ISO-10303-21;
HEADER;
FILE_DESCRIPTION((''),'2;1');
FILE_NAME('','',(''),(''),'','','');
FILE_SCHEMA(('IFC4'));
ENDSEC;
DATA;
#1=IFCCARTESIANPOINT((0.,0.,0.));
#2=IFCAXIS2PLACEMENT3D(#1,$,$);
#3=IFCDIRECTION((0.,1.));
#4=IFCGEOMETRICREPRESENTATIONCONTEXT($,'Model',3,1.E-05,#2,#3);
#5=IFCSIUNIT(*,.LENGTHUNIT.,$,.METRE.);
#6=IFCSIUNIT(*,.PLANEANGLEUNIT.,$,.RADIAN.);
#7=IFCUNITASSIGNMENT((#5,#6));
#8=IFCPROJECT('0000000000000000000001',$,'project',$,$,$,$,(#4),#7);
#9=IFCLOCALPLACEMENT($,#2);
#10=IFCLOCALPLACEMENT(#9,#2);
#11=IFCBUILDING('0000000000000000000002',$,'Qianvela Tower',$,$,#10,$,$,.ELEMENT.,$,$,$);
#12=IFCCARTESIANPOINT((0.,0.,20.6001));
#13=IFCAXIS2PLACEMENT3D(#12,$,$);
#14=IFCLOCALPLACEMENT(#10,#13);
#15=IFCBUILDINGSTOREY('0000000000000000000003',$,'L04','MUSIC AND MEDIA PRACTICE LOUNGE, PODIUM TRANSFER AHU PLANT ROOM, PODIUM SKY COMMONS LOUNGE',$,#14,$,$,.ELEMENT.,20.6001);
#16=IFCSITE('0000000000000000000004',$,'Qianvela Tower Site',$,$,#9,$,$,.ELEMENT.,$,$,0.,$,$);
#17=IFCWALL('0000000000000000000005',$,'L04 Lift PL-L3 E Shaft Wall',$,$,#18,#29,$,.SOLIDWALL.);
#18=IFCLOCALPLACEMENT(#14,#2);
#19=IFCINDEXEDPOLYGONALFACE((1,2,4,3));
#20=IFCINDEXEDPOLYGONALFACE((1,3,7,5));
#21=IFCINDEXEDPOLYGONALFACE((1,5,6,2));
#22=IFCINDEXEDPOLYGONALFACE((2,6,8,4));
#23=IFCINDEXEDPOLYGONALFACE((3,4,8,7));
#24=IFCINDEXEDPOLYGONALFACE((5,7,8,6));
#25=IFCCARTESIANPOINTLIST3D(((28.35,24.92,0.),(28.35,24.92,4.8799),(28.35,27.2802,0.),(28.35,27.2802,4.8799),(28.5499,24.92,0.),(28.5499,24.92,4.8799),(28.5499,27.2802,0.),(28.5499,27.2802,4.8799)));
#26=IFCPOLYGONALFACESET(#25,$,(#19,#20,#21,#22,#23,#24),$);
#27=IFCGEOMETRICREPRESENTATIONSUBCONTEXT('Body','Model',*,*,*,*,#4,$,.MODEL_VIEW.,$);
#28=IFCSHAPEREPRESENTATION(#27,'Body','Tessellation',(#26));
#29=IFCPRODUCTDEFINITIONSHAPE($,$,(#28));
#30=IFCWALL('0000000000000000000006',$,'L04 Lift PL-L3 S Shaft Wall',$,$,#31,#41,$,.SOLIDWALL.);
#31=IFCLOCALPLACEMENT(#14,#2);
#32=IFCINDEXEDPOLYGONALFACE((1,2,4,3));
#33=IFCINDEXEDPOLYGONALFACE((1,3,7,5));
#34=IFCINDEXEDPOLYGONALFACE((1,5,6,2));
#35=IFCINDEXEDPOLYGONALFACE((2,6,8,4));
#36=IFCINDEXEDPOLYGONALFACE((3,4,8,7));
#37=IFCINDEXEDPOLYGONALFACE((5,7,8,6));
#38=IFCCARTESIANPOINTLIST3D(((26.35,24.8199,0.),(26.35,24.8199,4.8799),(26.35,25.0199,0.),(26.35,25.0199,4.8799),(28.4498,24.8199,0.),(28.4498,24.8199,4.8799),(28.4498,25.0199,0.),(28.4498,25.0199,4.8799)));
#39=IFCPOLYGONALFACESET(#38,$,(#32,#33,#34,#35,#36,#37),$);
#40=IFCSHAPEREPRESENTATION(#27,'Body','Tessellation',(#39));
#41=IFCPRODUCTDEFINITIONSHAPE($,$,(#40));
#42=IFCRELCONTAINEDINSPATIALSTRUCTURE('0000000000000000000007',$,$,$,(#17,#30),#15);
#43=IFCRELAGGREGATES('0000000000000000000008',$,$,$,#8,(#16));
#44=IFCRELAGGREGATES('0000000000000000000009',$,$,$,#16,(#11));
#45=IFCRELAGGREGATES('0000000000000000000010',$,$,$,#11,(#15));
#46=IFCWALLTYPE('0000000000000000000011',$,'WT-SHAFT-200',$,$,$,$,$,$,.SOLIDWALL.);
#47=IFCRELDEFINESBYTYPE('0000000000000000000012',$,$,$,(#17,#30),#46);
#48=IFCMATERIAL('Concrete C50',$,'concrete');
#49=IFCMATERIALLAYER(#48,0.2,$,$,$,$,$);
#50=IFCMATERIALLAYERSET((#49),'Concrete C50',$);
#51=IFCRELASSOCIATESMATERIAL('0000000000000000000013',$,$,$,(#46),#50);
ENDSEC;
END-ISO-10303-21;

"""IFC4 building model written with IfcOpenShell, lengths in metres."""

from ifc_helpers import new_model, si_unit, direction, frame, frame_2d, origin, place, context, subcontext, project, spatial, rectangle, extrude, material, layer, layer_set, type_object, element, save


model = new_model("IFC4")

# Units and contexts
model_context = context("Model", 3, precision=1e-05, world=origin(), true_north=direction((0.0, 1.0)))
body_context = subcontext(model_context, "Body", "Model", "MODEL_VIEW")
ifc_project = project(units=[si_unit("LENGTHUNIT", "METRE"), si_unit("PLANEANGLEUNIT", "RADIAN")], contexts=[model_context])

# Site, building, storey
site_placement = place(None, origin())
site = spatial("IfcSite", under=ifc_project, at=site_placement, Name="Qianvela Tower Site", CompositionType="ELEMENT", RefElevation=0.0)
building_placement = place(site_placement, origin())
building = spatial("IfcBuilding", under=site, at=building_placement, Name="Qianvela Tower", CompositionType="ELEMENT")
storey_placement = place(building_placement, frame((0.0, 0.0, 20.6001)))
storey = spatial("IfcBuildingStorey", under=building, at=storey_placement, Name="L04", Description="MUSIC AND MEDIA PRACTICE LOUNGE, PODIUM TRANSFER AHU PLANT ROOM, PODIUM SKY COMMONS LOUNGE", CompositionType="ELEMENT", Elevation=20.6001)

# Shared definitions
ifc_material_1 = material(Name="Concrete C50", Category="concrete")
ifc_layer_1 = layer(ifc_material_1, 0.2)
ifc_layer_set_1 = layer_set([ifc_layer_1], Name="Concrete C50")
wall_type_1 = type_object("IfcWallType", Name="WT-SHAFT-200", PredefinedType="SOLIDWALL", material=ifc_layer_set_1)

# Wall
wall_1_placement = place(storey_placement, frame((28.45, 24.9199, 0.0), z_axis=(0.0, 0.0, 1.0), x_axis=(0.0, 1.0, 0.0)))
element("IfcWall", 1, at=wall_1_placement, inside=storey, type_object=wall_type_1, Name="L04 Lift PL-L3 E Shaft Wall", PredefinedType="SOLIDWALL", context=body_context, shape_type="SweptSolid", body=[
    extrude(rectangle(XDim=2.3601, YDim=0.2, at=frame_2d((1.1802, 0.0))), origin(), (0.0, 0.0, 1.0), 4.8799),
])

# Wall
wall_2_placement = place(storey_placement, frame((26.3501, 24.9199, 0.0), z_axis=(0.0, 0.0, 1.0), x_axis=(1.0, 0.0, 0.0)))
element("IfcWall", 2, at=wall_2_placement, inside=storey, type_object=wall_type_1, Name="L04 Lift PL-L3 S Shaft Wall", PredefinedType="SOLIDWALL", context=body_context, shape_type="SweptSolid", body=[
    extrude(rectangle(XDim=2.0999, YDim=0.2, at=frame_2d((1.0498, 0.0))), origin(), (0.0, 0.0, 1.0), 4.8799),
])

save(model, "model.ifc")
